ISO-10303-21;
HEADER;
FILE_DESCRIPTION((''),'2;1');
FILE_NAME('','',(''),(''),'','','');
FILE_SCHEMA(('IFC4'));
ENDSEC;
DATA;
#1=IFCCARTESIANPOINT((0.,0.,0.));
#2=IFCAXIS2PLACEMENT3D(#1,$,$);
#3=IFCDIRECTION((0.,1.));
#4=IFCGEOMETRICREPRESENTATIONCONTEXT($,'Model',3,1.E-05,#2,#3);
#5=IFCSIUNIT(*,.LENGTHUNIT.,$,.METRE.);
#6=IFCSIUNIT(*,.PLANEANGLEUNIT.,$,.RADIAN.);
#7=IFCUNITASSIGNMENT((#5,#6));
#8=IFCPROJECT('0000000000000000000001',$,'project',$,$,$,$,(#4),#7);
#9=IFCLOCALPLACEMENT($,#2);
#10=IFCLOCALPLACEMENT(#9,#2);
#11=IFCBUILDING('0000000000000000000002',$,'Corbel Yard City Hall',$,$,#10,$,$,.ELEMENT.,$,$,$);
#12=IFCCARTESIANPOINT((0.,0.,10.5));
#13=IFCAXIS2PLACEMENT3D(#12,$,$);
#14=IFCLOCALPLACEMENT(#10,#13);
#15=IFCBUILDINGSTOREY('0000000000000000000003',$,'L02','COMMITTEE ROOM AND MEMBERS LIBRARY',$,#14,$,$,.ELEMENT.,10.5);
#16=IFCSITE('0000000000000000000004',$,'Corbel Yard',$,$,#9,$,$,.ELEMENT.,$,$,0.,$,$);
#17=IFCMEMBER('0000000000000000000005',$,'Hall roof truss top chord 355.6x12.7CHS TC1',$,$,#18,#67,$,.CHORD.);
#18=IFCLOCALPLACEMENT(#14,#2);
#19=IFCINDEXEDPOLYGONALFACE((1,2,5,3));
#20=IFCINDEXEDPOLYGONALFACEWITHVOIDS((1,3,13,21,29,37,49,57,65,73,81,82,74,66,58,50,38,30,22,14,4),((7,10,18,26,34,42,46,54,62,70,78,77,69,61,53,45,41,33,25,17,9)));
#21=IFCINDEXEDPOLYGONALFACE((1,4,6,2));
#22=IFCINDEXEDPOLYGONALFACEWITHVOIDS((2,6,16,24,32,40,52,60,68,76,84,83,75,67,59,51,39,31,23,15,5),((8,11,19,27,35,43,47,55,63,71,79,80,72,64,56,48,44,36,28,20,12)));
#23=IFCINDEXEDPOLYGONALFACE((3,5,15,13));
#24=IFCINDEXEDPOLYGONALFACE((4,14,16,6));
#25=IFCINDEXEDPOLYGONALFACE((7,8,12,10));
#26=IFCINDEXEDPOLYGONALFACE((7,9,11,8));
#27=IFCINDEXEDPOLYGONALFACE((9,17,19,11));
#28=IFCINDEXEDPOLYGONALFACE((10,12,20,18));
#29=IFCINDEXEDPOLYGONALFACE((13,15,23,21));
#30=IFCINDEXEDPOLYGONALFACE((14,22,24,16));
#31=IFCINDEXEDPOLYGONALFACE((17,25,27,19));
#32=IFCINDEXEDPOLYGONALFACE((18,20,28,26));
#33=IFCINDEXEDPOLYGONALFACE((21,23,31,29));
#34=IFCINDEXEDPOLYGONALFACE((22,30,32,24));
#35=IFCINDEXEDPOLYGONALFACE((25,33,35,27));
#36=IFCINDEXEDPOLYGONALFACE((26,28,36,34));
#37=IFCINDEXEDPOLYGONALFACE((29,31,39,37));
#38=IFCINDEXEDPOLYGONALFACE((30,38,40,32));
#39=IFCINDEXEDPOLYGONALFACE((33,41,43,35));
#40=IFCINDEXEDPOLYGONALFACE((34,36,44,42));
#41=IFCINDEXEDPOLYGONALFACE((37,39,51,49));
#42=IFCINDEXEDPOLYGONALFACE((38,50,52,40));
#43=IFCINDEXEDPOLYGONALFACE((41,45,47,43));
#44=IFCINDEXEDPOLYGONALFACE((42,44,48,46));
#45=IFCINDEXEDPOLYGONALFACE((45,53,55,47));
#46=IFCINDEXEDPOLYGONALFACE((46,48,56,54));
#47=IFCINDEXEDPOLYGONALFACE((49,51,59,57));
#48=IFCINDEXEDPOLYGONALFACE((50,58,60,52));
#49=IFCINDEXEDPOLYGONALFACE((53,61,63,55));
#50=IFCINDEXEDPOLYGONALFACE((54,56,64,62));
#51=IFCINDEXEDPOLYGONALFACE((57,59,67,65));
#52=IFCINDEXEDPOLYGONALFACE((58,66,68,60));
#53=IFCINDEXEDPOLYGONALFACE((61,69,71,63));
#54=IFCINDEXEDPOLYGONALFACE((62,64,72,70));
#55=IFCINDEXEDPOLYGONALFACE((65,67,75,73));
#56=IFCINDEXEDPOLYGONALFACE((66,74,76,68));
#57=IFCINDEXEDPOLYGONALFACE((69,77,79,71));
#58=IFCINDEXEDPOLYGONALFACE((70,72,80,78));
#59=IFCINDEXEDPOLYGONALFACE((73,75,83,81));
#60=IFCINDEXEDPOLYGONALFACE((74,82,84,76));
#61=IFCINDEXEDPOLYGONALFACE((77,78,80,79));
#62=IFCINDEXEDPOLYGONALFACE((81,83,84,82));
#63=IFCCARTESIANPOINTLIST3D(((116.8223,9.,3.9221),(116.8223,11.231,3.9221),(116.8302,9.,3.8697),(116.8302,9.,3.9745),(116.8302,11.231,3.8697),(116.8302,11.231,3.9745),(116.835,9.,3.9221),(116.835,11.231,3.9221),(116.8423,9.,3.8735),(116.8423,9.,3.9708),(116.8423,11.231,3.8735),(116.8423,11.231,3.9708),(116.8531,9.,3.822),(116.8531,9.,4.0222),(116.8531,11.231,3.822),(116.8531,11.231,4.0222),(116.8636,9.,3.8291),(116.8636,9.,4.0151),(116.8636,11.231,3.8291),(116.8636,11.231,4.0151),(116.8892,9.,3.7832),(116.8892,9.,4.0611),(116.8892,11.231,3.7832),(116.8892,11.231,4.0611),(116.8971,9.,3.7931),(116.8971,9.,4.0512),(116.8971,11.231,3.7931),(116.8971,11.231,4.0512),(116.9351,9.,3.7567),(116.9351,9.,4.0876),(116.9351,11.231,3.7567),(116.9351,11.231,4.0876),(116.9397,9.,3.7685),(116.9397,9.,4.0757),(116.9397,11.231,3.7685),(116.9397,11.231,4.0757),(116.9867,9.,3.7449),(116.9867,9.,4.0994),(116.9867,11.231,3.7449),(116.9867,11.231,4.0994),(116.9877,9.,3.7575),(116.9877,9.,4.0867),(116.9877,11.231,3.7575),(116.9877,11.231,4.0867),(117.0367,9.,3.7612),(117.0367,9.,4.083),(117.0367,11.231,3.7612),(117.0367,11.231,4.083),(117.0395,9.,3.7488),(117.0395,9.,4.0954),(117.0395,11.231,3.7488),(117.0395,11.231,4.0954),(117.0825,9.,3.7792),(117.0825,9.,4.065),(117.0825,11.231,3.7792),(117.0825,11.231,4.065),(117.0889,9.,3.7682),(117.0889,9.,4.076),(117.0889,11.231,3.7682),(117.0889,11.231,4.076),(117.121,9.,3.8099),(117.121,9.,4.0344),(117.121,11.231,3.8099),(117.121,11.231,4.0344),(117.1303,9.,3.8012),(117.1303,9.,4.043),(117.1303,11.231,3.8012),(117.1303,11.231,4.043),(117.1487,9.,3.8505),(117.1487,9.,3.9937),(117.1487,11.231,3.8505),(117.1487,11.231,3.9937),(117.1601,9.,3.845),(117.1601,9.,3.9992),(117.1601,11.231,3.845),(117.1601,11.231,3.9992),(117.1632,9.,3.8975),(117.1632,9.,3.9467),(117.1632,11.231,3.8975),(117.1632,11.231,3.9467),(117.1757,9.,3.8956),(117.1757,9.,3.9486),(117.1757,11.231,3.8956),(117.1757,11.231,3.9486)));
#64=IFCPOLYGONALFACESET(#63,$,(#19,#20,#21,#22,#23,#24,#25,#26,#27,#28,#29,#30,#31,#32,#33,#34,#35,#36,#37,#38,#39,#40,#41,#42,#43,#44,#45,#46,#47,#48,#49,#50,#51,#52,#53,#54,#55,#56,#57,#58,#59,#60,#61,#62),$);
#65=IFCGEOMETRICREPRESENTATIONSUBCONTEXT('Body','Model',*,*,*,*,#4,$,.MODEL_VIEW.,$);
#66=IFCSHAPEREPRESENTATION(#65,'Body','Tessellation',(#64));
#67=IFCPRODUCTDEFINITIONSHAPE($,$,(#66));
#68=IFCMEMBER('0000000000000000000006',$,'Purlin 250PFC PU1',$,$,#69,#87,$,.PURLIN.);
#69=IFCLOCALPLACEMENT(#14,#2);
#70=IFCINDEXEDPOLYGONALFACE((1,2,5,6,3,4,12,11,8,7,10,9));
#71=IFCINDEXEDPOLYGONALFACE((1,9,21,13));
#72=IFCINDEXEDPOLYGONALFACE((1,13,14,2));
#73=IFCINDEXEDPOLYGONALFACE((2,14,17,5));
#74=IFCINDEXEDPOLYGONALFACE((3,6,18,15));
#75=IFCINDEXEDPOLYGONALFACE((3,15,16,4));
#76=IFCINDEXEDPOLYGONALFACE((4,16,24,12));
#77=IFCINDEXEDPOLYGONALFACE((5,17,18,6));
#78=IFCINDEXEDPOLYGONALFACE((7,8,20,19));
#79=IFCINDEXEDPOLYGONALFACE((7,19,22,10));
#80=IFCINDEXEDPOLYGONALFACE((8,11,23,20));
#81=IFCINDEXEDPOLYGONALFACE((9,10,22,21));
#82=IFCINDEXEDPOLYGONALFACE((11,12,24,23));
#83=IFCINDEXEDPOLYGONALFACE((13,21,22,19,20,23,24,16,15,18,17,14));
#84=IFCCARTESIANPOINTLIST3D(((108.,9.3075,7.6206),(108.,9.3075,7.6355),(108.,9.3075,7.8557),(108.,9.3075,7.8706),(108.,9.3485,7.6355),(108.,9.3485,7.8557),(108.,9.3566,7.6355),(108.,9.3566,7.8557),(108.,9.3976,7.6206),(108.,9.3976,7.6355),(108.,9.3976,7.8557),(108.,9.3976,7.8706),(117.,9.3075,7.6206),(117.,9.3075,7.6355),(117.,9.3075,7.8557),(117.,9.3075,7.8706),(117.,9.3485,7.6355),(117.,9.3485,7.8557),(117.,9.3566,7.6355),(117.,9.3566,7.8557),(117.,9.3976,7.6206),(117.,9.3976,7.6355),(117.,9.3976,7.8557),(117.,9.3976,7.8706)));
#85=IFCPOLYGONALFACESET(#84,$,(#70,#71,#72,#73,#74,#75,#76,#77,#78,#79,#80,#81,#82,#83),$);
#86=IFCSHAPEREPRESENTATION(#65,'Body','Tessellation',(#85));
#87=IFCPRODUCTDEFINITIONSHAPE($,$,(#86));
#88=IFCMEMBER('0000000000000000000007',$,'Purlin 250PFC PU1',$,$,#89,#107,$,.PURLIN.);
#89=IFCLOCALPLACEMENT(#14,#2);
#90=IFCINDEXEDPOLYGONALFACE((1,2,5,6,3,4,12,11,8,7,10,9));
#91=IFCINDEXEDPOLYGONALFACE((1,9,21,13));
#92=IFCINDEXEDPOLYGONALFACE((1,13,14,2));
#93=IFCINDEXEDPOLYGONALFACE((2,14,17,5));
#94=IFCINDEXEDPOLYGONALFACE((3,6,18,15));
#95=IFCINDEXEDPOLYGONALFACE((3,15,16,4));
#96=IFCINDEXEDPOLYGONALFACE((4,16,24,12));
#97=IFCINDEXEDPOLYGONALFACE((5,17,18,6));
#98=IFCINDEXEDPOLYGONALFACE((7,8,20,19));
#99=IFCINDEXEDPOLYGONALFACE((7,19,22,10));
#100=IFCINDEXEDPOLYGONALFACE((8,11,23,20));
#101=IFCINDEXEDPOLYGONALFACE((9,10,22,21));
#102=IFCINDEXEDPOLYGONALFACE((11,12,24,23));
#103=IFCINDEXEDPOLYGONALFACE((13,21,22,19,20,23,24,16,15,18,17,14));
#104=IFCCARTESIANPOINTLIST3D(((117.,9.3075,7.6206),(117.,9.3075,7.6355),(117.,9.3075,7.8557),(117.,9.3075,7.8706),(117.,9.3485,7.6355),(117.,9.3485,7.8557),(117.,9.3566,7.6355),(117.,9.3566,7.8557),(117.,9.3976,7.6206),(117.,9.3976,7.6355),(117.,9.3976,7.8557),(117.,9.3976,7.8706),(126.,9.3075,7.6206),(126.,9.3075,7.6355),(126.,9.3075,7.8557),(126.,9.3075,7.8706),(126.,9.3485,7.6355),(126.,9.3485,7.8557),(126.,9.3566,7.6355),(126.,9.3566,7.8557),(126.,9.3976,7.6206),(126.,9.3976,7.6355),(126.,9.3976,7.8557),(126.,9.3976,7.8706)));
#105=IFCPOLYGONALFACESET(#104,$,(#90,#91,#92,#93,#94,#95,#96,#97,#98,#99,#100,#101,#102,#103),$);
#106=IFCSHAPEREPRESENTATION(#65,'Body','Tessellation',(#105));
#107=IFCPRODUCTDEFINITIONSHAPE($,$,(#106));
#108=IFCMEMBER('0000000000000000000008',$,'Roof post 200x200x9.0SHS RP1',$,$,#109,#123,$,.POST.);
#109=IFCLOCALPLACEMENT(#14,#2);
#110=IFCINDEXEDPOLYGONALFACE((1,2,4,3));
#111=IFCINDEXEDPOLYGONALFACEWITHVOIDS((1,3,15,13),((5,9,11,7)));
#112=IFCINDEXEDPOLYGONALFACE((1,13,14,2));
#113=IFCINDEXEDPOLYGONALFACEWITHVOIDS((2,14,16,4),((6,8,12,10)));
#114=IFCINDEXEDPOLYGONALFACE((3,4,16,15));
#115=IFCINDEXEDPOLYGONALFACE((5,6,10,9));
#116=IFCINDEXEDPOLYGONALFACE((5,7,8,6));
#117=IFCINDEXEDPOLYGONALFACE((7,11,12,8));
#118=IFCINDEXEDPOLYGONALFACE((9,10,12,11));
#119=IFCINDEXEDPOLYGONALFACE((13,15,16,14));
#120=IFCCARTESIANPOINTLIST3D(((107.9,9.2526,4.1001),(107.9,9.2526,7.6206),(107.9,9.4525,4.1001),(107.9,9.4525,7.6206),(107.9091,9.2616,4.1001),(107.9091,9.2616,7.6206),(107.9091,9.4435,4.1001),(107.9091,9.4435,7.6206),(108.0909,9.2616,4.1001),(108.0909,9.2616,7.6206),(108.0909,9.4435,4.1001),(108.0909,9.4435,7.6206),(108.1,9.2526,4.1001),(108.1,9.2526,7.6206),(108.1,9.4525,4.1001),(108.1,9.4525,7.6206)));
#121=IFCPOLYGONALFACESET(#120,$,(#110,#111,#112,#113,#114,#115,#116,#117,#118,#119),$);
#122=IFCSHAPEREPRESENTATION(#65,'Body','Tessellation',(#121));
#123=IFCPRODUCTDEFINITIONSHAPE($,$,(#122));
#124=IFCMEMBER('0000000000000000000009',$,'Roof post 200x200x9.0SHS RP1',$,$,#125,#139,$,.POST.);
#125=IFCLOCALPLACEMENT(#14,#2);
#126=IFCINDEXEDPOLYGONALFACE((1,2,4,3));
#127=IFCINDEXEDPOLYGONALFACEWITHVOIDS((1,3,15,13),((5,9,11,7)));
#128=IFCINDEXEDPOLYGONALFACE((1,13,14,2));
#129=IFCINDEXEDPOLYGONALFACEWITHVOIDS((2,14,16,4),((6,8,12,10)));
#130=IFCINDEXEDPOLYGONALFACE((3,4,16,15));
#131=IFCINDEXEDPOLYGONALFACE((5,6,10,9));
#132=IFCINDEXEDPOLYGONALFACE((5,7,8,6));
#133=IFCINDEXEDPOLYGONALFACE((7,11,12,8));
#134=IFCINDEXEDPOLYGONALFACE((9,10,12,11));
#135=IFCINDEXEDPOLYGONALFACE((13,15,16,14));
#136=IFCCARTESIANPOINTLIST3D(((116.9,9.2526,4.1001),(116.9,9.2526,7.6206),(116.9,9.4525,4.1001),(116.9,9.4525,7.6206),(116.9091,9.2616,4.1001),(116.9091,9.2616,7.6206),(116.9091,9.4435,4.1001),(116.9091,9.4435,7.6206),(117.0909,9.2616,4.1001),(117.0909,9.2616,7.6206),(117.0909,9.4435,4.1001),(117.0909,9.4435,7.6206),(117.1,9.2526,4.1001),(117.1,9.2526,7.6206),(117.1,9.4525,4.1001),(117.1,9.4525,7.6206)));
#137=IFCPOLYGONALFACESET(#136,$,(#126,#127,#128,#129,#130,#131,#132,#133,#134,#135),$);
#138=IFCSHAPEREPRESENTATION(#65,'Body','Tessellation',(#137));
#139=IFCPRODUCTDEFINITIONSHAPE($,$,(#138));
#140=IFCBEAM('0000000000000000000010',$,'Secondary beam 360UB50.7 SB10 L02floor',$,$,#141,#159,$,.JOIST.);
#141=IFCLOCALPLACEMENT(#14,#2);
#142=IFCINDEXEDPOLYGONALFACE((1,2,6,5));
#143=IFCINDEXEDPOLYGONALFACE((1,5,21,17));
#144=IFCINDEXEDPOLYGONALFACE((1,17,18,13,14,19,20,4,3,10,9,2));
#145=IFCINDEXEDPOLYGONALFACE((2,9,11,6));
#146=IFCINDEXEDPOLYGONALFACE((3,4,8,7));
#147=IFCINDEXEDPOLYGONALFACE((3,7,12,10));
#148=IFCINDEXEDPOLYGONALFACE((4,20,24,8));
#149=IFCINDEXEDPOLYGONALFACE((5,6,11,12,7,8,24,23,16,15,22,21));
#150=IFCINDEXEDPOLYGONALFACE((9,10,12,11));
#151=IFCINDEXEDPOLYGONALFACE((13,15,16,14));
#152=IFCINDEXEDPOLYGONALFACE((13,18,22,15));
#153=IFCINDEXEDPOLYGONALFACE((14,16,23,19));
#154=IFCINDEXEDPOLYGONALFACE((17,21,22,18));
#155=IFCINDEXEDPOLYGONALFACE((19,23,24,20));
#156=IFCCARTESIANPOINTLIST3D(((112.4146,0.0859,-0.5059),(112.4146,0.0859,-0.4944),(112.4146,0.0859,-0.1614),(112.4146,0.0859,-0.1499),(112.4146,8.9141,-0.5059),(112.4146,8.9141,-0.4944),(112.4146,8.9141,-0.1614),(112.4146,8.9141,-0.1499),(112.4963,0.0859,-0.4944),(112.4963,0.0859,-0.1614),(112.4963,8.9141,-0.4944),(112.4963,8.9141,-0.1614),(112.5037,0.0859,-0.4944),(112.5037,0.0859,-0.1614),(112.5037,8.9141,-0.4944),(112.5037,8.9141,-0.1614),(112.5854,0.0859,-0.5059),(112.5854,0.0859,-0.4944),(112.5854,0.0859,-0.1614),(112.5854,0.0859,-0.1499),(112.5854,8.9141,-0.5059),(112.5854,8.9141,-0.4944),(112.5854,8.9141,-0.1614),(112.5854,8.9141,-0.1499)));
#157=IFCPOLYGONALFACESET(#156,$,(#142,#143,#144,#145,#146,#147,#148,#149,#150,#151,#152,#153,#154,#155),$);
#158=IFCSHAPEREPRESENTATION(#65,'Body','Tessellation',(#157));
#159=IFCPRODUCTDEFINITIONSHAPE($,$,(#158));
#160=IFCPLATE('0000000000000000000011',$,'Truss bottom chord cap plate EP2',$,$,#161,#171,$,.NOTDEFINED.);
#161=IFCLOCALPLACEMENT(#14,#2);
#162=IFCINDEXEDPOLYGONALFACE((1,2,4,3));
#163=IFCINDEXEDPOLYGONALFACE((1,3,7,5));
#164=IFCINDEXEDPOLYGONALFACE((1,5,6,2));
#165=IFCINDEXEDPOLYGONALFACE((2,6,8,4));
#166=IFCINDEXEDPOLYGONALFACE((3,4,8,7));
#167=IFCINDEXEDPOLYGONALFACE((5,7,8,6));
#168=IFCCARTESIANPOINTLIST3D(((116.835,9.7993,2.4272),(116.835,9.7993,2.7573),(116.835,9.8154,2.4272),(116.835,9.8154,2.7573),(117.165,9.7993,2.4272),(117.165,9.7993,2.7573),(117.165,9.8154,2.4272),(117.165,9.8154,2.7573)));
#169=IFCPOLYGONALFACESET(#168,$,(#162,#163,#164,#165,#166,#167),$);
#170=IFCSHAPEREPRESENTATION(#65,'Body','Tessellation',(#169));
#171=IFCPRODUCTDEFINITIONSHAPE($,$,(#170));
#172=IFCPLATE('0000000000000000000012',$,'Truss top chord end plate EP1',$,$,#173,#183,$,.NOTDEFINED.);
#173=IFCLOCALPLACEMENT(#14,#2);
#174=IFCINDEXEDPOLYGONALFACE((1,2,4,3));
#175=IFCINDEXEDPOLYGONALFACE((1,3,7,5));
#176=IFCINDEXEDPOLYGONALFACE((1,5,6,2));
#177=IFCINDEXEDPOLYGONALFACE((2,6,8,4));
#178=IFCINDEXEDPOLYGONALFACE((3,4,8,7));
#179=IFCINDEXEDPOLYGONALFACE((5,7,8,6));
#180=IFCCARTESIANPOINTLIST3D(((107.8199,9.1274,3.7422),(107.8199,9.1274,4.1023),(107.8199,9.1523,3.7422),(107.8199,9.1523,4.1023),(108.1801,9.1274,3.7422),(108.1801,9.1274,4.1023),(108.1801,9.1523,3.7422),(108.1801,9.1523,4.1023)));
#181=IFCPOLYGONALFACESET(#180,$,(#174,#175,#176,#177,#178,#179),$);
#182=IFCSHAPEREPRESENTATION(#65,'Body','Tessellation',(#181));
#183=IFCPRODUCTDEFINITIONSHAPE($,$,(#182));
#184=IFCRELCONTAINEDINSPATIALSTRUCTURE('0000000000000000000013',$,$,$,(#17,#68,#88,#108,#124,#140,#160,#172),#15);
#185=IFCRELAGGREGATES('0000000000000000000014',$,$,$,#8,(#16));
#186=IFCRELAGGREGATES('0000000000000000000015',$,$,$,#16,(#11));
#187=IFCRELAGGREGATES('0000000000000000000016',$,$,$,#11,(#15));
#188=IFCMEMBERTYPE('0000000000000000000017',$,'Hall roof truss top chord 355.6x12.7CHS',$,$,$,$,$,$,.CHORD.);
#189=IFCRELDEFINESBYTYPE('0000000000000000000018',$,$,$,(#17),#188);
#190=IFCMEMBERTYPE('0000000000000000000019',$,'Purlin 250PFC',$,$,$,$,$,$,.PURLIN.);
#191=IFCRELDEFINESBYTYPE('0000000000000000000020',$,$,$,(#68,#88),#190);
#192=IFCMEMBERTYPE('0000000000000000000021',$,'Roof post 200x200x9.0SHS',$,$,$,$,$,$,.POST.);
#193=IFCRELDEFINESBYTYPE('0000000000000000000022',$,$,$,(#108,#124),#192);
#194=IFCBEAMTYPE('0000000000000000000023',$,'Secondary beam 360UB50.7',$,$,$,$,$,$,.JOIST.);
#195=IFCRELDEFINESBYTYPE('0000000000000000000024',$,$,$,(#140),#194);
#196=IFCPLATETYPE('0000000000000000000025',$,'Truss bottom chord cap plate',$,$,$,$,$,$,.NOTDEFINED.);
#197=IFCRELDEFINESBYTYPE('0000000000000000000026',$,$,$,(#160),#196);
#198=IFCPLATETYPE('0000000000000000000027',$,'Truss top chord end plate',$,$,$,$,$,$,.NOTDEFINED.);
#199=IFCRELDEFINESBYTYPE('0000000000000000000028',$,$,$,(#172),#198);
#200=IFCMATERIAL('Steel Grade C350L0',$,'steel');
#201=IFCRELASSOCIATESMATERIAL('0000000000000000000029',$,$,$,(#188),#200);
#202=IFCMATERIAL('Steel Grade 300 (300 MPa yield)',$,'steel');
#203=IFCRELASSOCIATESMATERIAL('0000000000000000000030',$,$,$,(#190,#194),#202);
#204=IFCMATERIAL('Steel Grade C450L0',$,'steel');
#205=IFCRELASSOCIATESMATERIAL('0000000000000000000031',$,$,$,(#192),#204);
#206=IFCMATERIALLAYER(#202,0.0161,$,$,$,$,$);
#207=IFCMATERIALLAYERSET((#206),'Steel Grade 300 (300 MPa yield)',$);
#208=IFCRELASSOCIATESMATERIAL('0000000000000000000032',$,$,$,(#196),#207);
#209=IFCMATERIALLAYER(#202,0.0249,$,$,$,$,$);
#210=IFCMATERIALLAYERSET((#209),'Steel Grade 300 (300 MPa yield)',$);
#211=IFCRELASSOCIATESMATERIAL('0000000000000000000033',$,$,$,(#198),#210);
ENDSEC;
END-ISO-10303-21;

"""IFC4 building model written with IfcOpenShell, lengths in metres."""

from ifc_helpers import new_model, si_unit, direction, frame, origin, origin_2d, place, context, subcontext, project, spatial, rectangle, hollow_rectangle, hollow_circle, i_section, extrude, material, layer, layer_set, material_profile, profile_set, type_object, element, save


model = new_model("IFC4")

# Units and contexts
model_context = context("Model", 3, precision=1e-05, world=origin(), true_north=direction((0.0, 1.0)))
body_context = subcontext(model_context, "Body", "Model", "MODEL_VIEW")
ifc_project = project(units=[si_unit("LENGTHUNIT", "METRE"), si_unit("PLANEANGLEUNIT", "RADIAN")], contexts=[model_context])

# Site, building, storey
site_placement = place(None, origin())
site = spatial("IfcSite", under=ifc_project, at=site_placement, Name="Corbel Yard", CompositionType="ELEMENT", RefElevation=0.0)
building_placement = place(site_placement, origin())
building = spatial("IfcBuilding", under=site, at=building_placement, Name="Corbel Yard City Hall", CompositionType="ELEMENT")
storey_placement = place(building_placement, frame((0.0, 0.0, 10.5)))
storey = spatial("IfcBuildingStorey", under=building, at=storey_placement, Name="L02", Description="COMMITTEE ROOM AND MEMBERS LIBRARY", CompositionType="ELEMENT", Elevation=10.5)

# Shared definitions
ifc_material_1 = material(Name="Steel Grade 300 (300 MPa yield)", Category="steel")

# Members
ifc_material_2 = material(Name="Steel Grade C350L0", Category="steel")
ifc_material_profile_1 = material_profile(ifc_material_2, hollow_circle(Radius=0.1777, WallThickness=0.0127, at=origin_2d()), Name="355.6x12.7CHS")
ifc_profile_set_1 = profile_set([ifc_material_profile_1], Name="Steel Grade C350L0")
member_type_1 = type_object("IfcMemberType", Name="Hall roof truss top chord 355.6x12.7CHS", PredefinedType="CHORD", material=ifc_profile_set_1)
member_1_placement = place(storey_placement, frame((117.0, 9.0, 3.9221), z_axis=(0.0, 1.0, 0.0), x_axis=(-1.0, 0.0, 0.0)))
element("IfcMember", 1, at=member_1_placement, inside=storey, type_object=member_type_1, Name="Hall roof truss top chord 355.6x12.7CHS TC1", PredefinedType="CHORD", context=body_context, shape_type="SweptSolid", body=[
    extrude(hollow_circle(Radius=0.1777, WallThickness=0.0127, at=origin_2d()), origin(), (0.0, 0.0, 1.0), 2.231),
])
ifc_material_profile_2 = material_profile(ifc_material_1, i_section(OverallWidth=0.0901, OverallDepth=0.25, WebThickness=0.0081, FlangeThickness=0.0149, at=origin_2d()), Name="250PFC")
ifc_profile_set_2 = profile_set([ifc_material_profile_2], Name="Steel Grade 300 (300 MPa yield)")
member_type_2 = type_object("IfcMemberType", Name="Purlin 250PFC", PredefinedType="PURLIN", material=ifc_profile_set_2)
for number, where, z_axis, x_axis, name in (
    (2, (108.0, 9.3525, 7.7456), (1.0, 0.0, 0.0), (0.0, 1.0, 0.0), "Purlin 250PFC PU1"),
    (3, (117.0, 9.3525, 7.7456), (1.0, 0.0, 0.0), (0.0, 1.0, 0.0), "Purlin 250PFC PU1"),
):
    element("IfcMember", number, at=place(storey_placement, frame(where, z_axis=z_axis, x_axis=x_axis)), inside=storey, type_object=member_type_2, Name=name, PredefinedType="PURLIN", context=body_context, shape_type="SweptSolid", body=[
        extrude(i_section(OverallWidth=0.0901, OverallDepth=0.25, WebThickness=0.0081, FlangeThickness=0.0149, at=origin_2d()), origin(), (0.0, 0.0, 1.0), 9.0),
    ])
ifc_material_3 = material(Name="Steel Grade C450L0", Category="steel")
ifc_material_profile_3 = material_profile(ifc_material_3, hollow_rectangle(XDim=0.2, YDim=0.2, WallThickness=0.009, at=origin_2d()), Name="200x200x9.0SHS")
ifc_profile_set_3 = profile_set([ifc_material_profile_3], Name="Steel Grade C450L0")
member_type_3 = type_object("IfcMemberType", Name="Roof post 200x200x9.0SHS", PredefinedType="POST", material=ifc_profile_set_3)
for number, where, z_axis, x_axis, name in (
    (4, (108.0, 9.3525, 4.1001), (0.0, 0.0, 1.0), (1.0, 0.0, 0.0), "Roof post 200x200x9.0SHS RP1"),
    (5, (117.0, 9.3525, 4.1001), (0.0, 0.0, 1.0), (1.0, 0.0, 0.0), "Roof post 200x200x9.0SHS RP1"),
):
    element("IfcMember", number, at=place(storey_placement, frame(where, z_axis=z_axis, x_axis=x_axis)), inside=storey, type_object=member_type_3, Name=name, PredefinedType="POST", context=body_context, shape_type="SweptSolid", body=[
        extrude(hollow_rectangle(XDim=0.2, YDim=0.2, WallThickness=0.009, at=origin_2d()), origin(), (0.0, 0.0, 1.0), 3.5205),
    ])

# Beam
ifc_material_profile_4 = material_profile(ifc_material_1, i_section(OverallWidth=0.1709, OverallDepth=0.356, WebThickness=0.0073, FlangeThickness=0.0115, at=origin_2d()), Name="360UB50.7")
ifc_profile_set_4 = profile_set([ifc_material_profile_4], Name="Steel Grade 300 (300 MPa yield)")
beam_type_1 = type_object("IfcBeamType", Name="Secondary beam 360UB50.7", PredefinedType="JOIST", material=ifc_profile_set_4)
beam_1_placement = place(storey_placement, frame((112.5, 0.0859, -0.3279), z_axis=(0.0, 1.0, 0.0), x_axis=(-1.0, 0.0, 0.0)))
element("IfcBeam", 6, at=beam_1_placement, inside=storey, type_object=beam_type_1, Name="Secondary beam 360UB50.7 SB10 L02floor", PredefinedType="JOIST", context=body_context, shape_type="SweptSolid", body=[
    extrude(i_section(OverallWidth=0.1709, OverallDepth=0.356, WebThickness=0.0073, FlangeThickness=0.0115, at=origin_2d()), origin(), (0.0, 0.0, 1.0), 8.8281),
])

# Plates
ifc_layer_1 = layer(ifc_material_1, 0.0161)
ifc_layer_set_1 = layer_set([ifc_layer_1], Name="Steel Grade 300 (300 MPa yield)")
plate_type_1 = type_object("IfcPlateType", Name="Truss bottom chord cap plate", PredefinedType="NOTDEFINED", material=ifc_layer_set_1)
plate_1_placement = place(storey_placement, frame((117.0, 9.8074, 2.4272), z_axis=(0.0, 0.0, 1.0), x_axis=(1.0, 0.0, 0.0)))
element("IfcPlate", 7, at=plate_1_placement, inside=storey, type_object=plate_type_1, Name="Truss bottom chord cap plate EP2", PredefinedType="NOTDEFINED", context=body_context, shape_type="SweptSolid", body=[
    extrude(rectangle(XDim=0.3301, YDim=0.0161, at=origin_2d()), origin(), (0.0, 0.0, 1.0), 0.3301),
])
ifc_layer_2 = layer(ifc_material_1, 0.0249)
ifc_layer_set_2 = layer_set([ifc_layer_2], Name="Steel Grade 300 (300 MPa yield)")
plate_type_2 = type_object("IfcPlateType", Name="Truss top chord end plate", PredefinedType="NOTDEFINED", material=ifc_layer_set_2)
plate_2_placement = place(storey_placement, frame((108.0, 9.1399, 3.7422), z_axis=(0.0, 0.0, 1.0), x_axis=(1.0, 0.0, 0.0)))
element("IfcPlate", 8, at=plate_2_placement, inside=storey, type_object=plate_type_2, Name="Truss top chord end plate EP1", PredefinedType="NOTDEFINED", context=body_context, shape_type="SweptSolid", body=[
    extrude(rectangle(XDim=0.3601, YDim=0.0249, at=origin_2d()), origin(), (0.0, 0.0, 1.0), 0.3601),
])

save(model, "model.ifc")
